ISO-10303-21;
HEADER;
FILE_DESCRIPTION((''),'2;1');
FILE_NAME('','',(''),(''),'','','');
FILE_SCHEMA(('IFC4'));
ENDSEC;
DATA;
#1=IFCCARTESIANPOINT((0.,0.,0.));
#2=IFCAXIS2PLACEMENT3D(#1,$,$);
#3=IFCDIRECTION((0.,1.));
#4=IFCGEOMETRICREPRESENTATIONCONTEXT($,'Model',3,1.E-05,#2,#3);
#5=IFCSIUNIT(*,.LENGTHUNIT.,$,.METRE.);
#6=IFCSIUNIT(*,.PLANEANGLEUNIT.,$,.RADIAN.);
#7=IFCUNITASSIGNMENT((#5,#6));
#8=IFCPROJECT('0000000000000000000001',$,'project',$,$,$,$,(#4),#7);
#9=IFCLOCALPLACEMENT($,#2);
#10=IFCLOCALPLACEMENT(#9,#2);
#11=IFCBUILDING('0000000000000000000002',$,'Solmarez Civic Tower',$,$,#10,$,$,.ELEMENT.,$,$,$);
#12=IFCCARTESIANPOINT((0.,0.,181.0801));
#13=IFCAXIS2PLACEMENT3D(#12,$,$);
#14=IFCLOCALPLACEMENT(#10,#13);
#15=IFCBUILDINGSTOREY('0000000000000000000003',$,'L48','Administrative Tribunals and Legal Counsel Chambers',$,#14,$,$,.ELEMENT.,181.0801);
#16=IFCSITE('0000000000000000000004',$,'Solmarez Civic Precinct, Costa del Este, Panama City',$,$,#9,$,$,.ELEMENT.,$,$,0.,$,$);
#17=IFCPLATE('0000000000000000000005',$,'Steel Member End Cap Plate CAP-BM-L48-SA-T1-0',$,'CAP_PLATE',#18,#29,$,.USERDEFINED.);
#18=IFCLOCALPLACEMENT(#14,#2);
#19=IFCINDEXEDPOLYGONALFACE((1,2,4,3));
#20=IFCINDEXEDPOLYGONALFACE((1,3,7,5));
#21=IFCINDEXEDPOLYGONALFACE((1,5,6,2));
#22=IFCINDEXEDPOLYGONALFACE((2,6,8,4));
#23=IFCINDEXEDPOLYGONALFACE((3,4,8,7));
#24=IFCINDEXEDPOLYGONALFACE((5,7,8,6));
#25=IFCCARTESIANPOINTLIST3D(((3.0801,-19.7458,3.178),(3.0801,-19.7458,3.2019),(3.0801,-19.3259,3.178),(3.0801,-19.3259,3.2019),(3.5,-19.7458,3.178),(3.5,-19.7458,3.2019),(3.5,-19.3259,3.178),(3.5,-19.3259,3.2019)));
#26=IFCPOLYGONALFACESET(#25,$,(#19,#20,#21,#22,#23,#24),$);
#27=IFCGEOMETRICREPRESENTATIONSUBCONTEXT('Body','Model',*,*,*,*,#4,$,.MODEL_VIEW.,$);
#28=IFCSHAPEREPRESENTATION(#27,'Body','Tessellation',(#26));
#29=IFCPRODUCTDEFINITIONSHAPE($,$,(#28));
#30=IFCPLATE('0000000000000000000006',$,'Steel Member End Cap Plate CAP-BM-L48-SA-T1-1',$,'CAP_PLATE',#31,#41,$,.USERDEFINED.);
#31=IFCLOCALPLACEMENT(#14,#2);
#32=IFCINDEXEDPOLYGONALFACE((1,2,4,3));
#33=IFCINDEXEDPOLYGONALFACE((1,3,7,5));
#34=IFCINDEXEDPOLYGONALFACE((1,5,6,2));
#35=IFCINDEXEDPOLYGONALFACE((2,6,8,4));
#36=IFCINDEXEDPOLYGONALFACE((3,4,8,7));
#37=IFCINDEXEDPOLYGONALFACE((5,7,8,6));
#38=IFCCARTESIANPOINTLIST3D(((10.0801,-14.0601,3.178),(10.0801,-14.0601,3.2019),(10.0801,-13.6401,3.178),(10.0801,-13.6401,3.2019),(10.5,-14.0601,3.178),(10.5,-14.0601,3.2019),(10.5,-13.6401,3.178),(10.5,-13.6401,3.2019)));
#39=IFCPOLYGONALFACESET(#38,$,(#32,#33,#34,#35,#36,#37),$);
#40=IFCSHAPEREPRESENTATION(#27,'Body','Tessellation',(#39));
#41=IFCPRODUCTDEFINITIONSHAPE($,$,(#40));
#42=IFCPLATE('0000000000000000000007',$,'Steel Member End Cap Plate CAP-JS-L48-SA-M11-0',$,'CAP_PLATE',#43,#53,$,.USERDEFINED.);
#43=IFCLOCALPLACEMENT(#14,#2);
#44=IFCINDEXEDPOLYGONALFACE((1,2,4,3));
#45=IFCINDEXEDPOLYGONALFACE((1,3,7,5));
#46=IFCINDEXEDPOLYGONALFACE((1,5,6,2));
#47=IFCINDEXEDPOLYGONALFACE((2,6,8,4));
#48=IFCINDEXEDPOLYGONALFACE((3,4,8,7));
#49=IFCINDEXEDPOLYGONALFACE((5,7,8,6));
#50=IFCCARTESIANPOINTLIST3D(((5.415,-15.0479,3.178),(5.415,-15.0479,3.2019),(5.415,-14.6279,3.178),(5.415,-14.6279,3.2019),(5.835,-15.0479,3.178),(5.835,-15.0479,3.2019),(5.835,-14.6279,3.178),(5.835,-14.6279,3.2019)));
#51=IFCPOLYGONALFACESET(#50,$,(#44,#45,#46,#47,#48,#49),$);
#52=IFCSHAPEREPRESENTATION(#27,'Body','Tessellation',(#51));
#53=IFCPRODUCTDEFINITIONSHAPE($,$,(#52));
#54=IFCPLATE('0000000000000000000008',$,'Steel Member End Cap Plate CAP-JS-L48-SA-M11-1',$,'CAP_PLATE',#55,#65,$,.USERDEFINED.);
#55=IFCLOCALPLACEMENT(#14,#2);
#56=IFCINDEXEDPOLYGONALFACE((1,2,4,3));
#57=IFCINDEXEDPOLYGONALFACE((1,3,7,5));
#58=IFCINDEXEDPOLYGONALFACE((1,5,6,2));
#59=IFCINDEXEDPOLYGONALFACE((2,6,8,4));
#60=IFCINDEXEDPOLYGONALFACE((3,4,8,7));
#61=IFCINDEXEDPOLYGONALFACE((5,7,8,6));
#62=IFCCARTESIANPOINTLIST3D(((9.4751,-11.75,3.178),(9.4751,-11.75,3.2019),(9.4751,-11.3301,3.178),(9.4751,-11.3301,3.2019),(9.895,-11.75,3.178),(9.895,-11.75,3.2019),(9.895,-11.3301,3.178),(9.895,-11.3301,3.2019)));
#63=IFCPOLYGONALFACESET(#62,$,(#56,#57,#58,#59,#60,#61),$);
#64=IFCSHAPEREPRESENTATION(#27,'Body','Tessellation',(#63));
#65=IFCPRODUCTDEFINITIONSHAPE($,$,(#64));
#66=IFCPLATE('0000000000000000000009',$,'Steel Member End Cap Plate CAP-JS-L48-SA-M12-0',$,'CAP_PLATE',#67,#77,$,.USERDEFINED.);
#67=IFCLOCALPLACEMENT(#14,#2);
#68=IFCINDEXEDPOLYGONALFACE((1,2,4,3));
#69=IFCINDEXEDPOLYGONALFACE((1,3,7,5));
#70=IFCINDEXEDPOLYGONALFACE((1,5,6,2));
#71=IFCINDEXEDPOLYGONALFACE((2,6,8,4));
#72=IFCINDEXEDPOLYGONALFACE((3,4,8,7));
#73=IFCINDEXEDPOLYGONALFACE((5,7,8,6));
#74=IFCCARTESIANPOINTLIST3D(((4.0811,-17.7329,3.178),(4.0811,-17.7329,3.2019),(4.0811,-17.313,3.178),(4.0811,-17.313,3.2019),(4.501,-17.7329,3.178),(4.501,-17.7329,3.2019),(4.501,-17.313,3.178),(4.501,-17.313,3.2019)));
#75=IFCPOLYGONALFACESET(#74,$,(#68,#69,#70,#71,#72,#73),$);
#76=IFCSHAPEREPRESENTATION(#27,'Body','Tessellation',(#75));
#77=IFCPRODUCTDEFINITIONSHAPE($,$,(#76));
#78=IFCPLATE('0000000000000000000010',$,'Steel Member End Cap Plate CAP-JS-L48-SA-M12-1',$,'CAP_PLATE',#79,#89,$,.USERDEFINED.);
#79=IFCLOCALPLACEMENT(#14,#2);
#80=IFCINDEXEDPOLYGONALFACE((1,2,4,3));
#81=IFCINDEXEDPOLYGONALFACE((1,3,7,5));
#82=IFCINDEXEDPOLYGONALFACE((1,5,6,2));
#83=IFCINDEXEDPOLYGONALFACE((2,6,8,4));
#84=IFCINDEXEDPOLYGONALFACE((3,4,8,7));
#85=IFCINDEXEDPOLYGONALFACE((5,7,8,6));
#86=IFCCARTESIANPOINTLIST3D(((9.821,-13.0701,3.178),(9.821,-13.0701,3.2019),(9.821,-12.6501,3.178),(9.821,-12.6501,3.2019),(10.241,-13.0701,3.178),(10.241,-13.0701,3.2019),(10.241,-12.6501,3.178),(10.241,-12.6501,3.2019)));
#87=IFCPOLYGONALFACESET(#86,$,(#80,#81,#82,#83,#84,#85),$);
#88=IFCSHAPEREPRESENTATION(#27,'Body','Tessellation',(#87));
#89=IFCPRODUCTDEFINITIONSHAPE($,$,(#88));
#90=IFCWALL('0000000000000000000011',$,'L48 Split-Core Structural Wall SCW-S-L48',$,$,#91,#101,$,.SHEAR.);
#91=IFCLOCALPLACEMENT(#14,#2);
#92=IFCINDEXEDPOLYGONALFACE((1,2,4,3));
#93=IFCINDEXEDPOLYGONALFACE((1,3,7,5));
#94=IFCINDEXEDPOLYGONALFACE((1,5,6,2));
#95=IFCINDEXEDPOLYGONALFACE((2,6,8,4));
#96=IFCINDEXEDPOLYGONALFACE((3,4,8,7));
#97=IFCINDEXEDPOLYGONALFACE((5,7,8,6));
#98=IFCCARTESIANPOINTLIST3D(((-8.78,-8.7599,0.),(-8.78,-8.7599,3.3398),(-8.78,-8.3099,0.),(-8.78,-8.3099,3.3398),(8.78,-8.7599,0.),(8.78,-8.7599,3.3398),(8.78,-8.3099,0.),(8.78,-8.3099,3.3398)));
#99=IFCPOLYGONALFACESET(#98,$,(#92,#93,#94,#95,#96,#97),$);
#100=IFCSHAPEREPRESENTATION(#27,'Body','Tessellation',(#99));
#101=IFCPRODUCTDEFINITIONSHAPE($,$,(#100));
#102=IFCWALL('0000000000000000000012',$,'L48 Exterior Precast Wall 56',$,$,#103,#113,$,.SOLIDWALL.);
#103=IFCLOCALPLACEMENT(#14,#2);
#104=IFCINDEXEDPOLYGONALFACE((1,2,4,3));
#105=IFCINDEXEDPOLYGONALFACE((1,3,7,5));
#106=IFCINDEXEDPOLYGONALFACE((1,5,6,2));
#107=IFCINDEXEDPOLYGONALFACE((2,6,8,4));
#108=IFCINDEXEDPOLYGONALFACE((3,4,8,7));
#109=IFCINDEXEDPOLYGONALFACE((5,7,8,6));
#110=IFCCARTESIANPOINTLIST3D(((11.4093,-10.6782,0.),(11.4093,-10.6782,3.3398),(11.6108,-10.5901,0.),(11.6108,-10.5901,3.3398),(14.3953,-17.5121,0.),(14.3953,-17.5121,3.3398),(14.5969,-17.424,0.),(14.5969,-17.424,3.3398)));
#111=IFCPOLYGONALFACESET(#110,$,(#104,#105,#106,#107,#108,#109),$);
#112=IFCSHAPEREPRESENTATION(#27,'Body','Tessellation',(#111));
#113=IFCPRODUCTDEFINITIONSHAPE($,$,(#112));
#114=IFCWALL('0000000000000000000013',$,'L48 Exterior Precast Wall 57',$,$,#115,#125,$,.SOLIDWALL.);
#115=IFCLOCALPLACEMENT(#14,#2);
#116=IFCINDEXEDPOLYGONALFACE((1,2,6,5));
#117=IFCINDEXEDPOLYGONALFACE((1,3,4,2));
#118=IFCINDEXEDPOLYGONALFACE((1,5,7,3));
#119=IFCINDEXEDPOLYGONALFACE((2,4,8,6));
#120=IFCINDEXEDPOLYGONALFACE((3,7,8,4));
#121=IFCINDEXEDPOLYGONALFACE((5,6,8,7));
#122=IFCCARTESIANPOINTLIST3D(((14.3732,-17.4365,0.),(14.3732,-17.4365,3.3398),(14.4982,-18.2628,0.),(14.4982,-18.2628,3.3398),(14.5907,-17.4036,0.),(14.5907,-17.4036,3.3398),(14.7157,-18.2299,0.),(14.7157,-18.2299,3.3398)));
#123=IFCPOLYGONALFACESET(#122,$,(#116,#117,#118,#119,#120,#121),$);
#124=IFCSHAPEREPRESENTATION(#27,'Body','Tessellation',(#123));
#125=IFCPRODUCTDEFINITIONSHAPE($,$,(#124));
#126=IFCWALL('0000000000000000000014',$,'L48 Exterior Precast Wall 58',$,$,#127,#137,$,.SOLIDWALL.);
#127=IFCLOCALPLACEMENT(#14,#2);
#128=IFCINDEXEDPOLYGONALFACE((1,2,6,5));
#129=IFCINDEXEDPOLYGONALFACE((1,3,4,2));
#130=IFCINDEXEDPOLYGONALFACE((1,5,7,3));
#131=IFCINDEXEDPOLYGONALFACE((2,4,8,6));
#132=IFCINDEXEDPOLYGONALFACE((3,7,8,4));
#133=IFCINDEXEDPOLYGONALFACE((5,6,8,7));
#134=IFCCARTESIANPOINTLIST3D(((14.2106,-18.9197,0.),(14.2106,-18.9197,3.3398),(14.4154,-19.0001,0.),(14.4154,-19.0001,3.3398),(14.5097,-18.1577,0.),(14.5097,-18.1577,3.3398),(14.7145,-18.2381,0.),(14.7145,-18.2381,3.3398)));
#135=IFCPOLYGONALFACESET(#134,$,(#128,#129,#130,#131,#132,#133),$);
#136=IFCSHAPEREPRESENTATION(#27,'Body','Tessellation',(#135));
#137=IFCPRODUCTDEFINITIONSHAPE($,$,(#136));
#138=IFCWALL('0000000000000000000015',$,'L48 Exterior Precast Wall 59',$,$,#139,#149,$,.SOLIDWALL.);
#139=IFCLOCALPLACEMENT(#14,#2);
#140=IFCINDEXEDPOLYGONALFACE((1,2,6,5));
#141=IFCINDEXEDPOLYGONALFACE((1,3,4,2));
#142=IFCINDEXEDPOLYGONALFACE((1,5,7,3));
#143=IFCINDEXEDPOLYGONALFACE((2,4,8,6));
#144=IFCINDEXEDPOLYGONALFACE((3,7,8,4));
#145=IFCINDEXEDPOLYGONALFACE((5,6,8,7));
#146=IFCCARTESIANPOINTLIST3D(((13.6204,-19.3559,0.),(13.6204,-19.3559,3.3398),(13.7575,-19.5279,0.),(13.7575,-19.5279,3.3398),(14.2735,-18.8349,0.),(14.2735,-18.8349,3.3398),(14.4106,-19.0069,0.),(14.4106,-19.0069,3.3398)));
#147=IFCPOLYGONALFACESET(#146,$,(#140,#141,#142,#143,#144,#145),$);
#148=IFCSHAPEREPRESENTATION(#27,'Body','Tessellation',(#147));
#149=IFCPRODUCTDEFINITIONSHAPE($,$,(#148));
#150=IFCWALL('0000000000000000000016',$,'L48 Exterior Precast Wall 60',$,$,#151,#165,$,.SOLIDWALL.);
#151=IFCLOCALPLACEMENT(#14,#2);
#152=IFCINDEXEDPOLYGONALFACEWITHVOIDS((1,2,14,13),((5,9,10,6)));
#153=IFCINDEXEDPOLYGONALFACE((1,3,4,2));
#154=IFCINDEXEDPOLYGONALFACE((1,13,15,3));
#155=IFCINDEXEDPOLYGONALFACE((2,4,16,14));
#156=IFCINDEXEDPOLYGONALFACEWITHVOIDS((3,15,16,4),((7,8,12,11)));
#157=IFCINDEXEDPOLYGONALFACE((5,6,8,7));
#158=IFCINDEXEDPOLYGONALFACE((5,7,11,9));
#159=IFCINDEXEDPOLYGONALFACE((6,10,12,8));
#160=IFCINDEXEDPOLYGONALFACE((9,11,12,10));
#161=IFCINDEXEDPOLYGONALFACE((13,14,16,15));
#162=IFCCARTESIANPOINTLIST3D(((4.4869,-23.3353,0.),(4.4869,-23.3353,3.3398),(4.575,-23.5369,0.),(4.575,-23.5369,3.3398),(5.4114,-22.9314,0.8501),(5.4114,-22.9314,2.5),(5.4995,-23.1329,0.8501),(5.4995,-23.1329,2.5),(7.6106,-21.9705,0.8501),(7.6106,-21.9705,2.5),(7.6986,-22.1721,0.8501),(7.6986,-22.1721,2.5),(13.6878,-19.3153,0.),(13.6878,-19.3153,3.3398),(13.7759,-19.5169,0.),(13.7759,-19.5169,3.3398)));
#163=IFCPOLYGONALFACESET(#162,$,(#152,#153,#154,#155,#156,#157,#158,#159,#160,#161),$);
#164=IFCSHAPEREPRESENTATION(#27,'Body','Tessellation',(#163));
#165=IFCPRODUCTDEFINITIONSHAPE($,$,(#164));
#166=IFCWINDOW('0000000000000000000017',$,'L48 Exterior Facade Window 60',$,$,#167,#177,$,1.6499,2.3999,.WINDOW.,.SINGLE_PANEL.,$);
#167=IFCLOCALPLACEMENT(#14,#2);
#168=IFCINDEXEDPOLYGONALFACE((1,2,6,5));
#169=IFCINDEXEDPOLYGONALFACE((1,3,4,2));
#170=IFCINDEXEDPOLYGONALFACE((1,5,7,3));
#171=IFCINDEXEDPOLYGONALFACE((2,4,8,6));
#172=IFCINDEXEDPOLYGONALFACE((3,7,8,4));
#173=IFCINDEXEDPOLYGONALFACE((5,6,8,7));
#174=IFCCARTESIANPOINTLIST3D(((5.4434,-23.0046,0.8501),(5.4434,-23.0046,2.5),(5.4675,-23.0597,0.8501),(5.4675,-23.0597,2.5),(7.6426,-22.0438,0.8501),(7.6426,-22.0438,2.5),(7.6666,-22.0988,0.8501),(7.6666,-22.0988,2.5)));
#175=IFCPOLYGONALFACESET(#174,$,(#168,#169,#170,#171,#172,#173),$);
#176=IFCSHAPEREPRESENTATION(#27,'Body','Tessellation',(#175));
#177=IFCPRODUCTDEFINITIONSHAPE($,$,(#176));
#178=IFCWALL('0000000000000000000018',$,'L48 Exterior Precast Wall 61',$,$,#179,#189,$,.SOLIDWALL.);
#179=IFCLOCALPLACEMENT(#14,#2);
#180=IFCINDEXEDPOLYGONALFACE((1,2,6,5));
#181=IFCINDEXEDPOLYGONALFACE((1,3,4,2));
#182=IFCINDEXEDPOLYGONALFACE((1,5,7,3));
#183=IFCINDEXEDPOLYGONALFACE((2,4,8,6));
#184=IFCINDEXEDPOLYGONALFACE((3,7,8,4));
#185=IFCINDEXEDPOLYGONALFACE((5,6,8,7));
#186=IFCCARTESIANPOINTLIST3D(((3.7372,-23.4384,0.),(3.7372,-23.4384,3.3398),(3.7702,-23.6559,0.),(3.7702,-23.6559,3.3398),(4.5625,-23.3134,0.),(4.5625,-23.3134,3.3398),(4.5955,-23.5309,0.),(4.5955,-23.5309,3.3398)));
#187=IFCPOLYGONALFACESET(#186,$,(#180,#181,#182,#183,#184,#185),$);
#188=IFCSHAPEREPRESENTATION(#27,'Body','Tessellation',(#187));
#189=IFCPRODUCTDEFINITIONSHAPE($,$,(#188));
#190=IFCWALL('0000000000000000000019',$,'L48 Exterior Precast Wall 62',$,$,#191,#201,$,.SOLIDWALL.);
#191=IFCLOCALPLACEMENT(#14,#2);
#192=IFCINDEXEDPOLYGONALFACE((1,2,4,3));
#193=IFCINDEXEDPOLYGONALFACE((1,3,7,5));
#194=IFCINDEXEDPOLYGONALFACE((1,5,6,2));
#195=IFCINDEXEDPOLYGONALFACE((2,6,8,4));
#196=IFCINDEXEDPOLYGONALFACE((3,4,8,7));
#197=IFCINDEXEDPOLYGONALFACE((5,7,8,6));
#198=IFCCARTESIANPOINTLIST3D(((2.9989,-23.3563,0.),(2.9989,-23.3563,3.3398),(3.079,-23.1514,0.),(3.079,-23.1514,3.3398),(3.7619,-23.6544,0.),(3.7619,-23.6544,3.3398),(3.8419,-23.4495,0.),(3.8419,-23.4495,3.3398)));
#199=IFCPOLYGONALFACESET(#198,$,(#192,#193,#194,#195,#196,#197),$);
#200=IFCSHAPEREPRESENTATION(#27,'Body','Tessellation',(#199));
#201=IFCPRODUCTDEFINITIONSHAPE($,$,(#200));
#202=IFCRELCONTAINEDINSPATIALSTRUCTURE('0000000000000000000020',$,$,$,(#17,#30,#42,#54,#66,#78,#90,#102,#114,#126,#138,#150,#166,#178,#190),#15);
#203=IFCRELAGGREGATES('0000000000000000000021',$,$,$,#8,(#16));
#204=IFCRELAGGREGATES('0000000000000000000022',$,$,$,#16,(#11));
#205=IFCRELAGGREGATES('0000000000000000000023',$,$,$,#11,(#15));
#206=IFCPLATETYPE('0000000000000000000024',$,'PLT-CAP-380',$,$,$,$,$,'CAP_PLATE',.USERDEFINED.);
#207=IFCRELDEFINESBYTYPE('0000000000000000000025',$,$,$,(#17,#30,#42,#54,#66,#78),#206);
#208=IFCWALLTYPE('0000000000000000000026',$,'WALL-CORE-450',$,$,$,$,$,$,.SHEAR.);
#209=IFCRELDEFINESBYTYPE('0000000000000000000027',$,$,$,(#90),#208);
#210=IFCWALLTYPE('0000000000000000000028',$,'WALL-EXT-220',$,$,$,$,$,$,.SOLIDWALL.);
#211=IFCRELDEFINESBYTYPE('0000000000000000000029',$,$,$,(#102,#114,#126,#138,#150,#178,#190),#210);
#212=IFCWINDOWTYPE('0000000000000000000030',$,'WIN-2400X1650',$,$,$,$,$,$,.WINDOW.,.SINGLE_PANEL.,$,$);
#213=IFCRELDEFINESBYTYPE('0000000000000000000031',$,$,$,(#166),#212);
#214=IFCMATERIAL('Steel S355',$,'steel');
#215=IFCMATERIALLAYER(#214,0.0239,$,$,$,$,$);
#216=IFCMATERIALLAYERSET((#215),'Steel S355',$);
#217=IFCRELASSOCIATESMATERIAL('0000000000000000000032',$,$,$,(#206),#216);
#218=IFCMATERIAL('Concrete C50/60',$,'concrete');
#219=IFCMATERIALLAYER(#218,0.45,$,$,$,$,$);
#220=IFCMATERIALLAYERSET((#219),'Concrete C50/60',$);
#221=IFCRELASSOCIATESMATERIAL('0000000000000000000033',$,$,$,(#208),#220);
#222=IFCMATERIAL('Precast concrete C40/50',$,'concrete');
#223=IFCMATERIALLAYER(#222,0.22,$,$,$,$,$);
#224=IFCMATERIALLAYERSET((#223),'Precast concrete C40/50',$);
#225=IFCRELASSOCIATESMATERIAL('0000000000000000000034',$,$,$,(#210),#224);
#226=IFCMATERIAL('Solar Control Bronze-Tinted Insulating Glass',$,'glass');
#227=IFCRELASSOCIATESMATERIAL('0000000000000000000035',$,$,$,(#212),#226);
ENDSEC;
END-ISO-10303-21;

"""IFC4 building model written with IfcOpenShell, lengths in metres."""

from ifc_helpers import new_model, si_unit, direction, frame, frame_2d, origin, origin_2d, place, context, subcontext, project, spatial, rectangle, extrude, material, layer, layer_set, type_object, element, fill, save


model = new_model("IFC4")

# Units and contexts
model_context = context("Model", 3, precision=1e-05, world=origin(), true_north=direction((0.0, 1.0)))
body_context = subcontext(model_context, "Body", "Model", "MODEL_VIEW")
ifc_project = project(units=[si_unit("LENGTHUNIT", "METRE"), si_unit("PLANEANGLEUNIT", "RADIAN")], contexts=[model_context])

# Site, building, storey
site_placement = place(None, origin())
site = spatial("IfcSite", under=ifc_project, at=site_placement, Name="Solmarez Civic Precinct, Costa del Este, Panama City", CompositionType="ELEMENT", RefElevation=0.0)
building_placement = place(site_placement, origin())
building = spatial("IfcBuilding", under=site, at=building_placement, Name="Solmarez Civic Tower", CompositionType="ELEMENT")
storey_placement = place(building_placement, frame((0.0, 0.0, 181.0801)))
storey = spatial("IfcBuildingStorey", under=building, at=storey_placement, Name="L48", Description="Administrative Tribunals and Legal Counsel Chambers", CompositionType="ELEMENT", Elevation=181.0801)

# Shared definitions
ifc_material_1 = material(Name="Concrete C50/60", Category="concrete")
ifc_material_2 = material(Name="Steel S355", Category="steel")

# Plates
ifc_layer_1 = layer(ifc_material_2, 0.0239)
ifc_layer_set_1 = layer_set([ifc_layer_1], Name="Steel S355")
plate_type = type_object("IfcPlateType", Name="PLT-CAP-380", ElementType="CAP_PLATE", PredefinedType="USERDEFINED", material=ifc_layer_set_1)
for number, where, z_axis, x_axis, name in (
    (1, (3.29, -19.5359, 3.178), (0.0, 0.0, 1.0), (1.0, 0.0, 0.0), "Steel Member End Cap Plate CAP-BM-L48-SA-T1-0"),
    (2, (10.29, -13.8501, 3.178), (0.0, 0.0, 1.0), (1.0, 0.0, 0.0), "Steel Member End Cap Plate CAP-BM-L48-SA-T1-1"),
    (3, (5.625, -14.8379, 3.178), (0.0, 0.0, 1.0), (1.0, 0.0, 0.0), "Steel Member End Cap Plate CAP-JS-L48-SA-M11-0"),
    (4, (9.6851, -11.54, 3.178), (0.0, 0.0, 1.0), (1.0, 0.0, 0.0), "Steel Member End Cap Plate CAP-JS-L48-SA-M11-1"),
    (5, (4.291, -17.5229, 3.178), (0.0, 0.0, 1.0), (1.0, 0.0, 0.0), "Steel Member End Cap Plate CAP-JS-L48-SA-M12-0"),
    (6, (10.031, -12.8601, 3.178), (0.0, 0.0, 1.0), (1.0, 0.0, 0.0), "Steel Member End Cap Plate CAP-JS-L48-SA-M12-1"),
):
    element("IfcPlate", number, at=place(storey_placement, frame(where, z_axis=z_axis, x_axis=x_axis)), inside=storey, type_object=plate_type, Name=name, ObjectType="CAP_PLATE", PredefinedType="USERDEFINED", context=body_context, shape_type="SweptSolid", body=[
        extrude(rectangle(XDim=0.4199, YDim=0.4199, at=origin_2d()), origin(), (0.0, 0.0, 1.0), 0.0239),
    ])

# Walls
ifc_layer_2 = layer(ifc_material_1, 0.45)
ifc_layer_set_2 = layer_set([ifc_layer_2], Name="Concrete C50/60")
wall_type_1 = type_object("IfcWallType", Name="WALL-CORE-450", PredefinedType="SHEAR", material=ifc_layer_set_2)
wall_1_placement = place(storey_placement, frame((8.78, -8.5349, 0.0), z_axis=(0.0, 0.0, 1.0), x_axis=(-1.0, 0.0, 0.0)))
element("IfcWall", 7, at=wall_1_placement, inside=storey, type_object=wall_type_1, Name="L48 Split-Core Structural Wall SCW-S-L48", PredefinedType="SHEAR", context=body_context, shape_type="SweptSolid", body=[
    extrude(rectangle(XDim=17.5601, YDim=0.45, at=frame_2d((8.78, 0.0))), origin(), (0.0, 0.0, 1.0), 3.3398),
])
ifc_material_3 = material(Name="Precast concrete C40/50", Category="concrete")
ifc_layer_3 = layer(ifc_material_3, 0.22)
ifc_layer_set_3 = layer_set([ifc_layer_3], Name="Precast concrete C40/50")
wall_type_2 = type_object("IfcWallType", Name="WALL-EXT-220", PredefinedType="SOLIDWALL", material=ifc_layer_set_3)
wall_2_placement = place(storey_placement, frame((11.51, -10.634, 0.0), z_axis=(0.0, 0.0, 1.0), x_axis=(0.400393, -0.916344, 0.0)))
element("IfcWall", 8, at=wall_2_placement, inside=storey, type_object=wall_type_2, Name="L48 Exterior Precast Wall 56", PredefinedType="SOLIDWALL", context=body_context, shape_type="SweptSolid", body=[
    extrude(rectangle(XDim=7.4578, YDim=0.22, at=frame_2d((3.729, 0.0))), origin(), (0.0, 0.0, 1.0), 3.3398),
])
wall_3_placement = place(storey_placement, frame((14.4819, -17.4199, 0.0), z_axis=(0.0, 0.0, 1.0), x_axis=(0.149598, -0.988747, 0.0)))
element("IfcWall", 9, at=wall_3_placement, inside=storey, type_object=wall_type_2, Name="L48 Exterior Precast Wall 57", PredefinedType="SOLIDWALL", context=body_context, shape_type="SweptSolid", body=[
    extrude(rectangle(XDim=0.8357, YDim=0.22, at=frame_2d((0.418, 0.0))), origin(), (0.0, 0.0, 1.0), 3.3398),
])
wall_4_placement = place(storey_placement, frame((14.6121, -18.198, 0.0), z_axis=(0.0, 0.0, 1.0), x_axis=(-0.365366, -0.930864, 0.0)))
element("IfcWall", 10, at=wall_4_placement, inside=storey, type_object=wall_type_2, Name="L48 Exterior Precast Wall 58", PredefinedType="SOLIDWALL", context=body_context, shape_type="SweptSolid", body=[
    extrude(rectangle(XDim=0.8186, YDim=0.22, at=frame_2d((0.4092, 0.0))), origin(), (0.0, 0.0, 1.0), 3.3398),
])
wall_5_placement = place(storey_placement, frame((14.342, -18.9209, 0.0), z_axis=(0.0, 0.0, 1.0), x_axis=(-0.781723, -0.623625, 0.0)))
element("IfcWall", 11, at=wall_5_placement, inside=storey, type_object=wall_type_2, Name="L48 Exterior Precast Wall 59", PredefinedType="SOLIDWALL", context=body_context, shape_type="SweptSolid", body=[
    extrude(rectangle(XDim=0.8354, YDim=0.22, at=frame_2d((0.4177, 0.0))), origin(), (0.0, 0.0, 1.0), 3.3398),
])

# Wall, opening, window
wall_6_placement = place(storey_placement, frame((13.7319, -19.416, 0.0), z_axis=(0.0, 0.0, 1.0), x_axis=(-0.916354, -0.400369, 0.0)))
wall_6 = element("IfcWall", 12, at=wall_6_placement, inside=storey, type_object=wall_type_2, Name="L48 Exterior Precast Wall 60", PredefinedType="SOLIDWALL", context=body_context, shape_type="SweptSolid", body=[
    extrude(rectangle(XDim=10.0408, YDim=0.22, at=frame_2d((5.0205, 0.0))), origin(), (0.0, 0.0, 1.0), 3.3398),
])
opening_1_placement = place(wall_6_placement, frame((6.6321, 0.0, 0.8501)))
opening_1 = element("IfcOpeningElement", 13, at=opening_1_placement, cuts=wall_6, PredefinedType="OPENING", context=body_context, shape_type="SweptSolid", body=[
    extrude(rectangle(XDim=2.3999, YDim=1.6499, at=frame_2d((1.2, 0.825))), frame((0.0, 0.1199, 0.0), z_axis=(0.0, -1.0, 0.0), x_axis=(1.0, 0.0, 0.0)), (0.0, 0.0, 1.0), 0.24),
])
ifc_material_4 = material(Name="Solar Control Bronze-Tinted Insulating Glass", Category="glass")
window_type = type_object("IfcWindowType", Name="WIN-2400X1650", PartitioningType="SINGLE_PANEL", PredefinedType="WINDOW", material=ifc_material_4)
window_placement = place(opening_1_placement, origin())
window = element("IfcWindow", 14, at=window_placement, inside=storey, type_object=window_type, Name="L48 Exterior Facade Window 60", OverallHeight=1.6499, OverallWidth=2.3999, PartitioningType="SINGLE_PANEL", PredefinedType="WINDOW", context=body_context, shape_type="SweptSolid", body=[
    extrude(rectangle(XDim=2.3999, YDim=1.6499, at=frame_2d((1.2, 0.825))), frame((0.0, 0.03, 0.0), z_axis=(0.0, -1.0, 0.0), x_axis=(1.0, 0.0, 0.0)), (0.0, 0.0, 1.0), 0.0601),
])
fill(opening_1, window)

# Walls
wall_7_placement = place(storey_placement, frame((4.5791, -23.4221, 0.0), z_axis=(0.0, 0.0, 1.0), x_axis=(-0.988721, -0.149771, 0.0)))
element("IfcWall", 15, at=wall_7_placement, inside=storey, type_object=wall_type_2, Name="L48 Exterior Precast Wall 61", PredefinedType="SOLIDWALL", context=body_context, shape_type="SweptSolid", body=[
    extrude(rectangle(XDim=0.8347, YDim=0.22, at=frame_2d((0.4175, 0.0))), origin(), (0.0, 0.0, 1.0), 3.3398),
])
wall_8_placement = place(storey_placement, frame((3.802, -23.552, 0.0), z_axis=(0.0, 0.0, 1.0), x_axis=(-0.931427, 0.363927, 0.0)))
element("IfcWall", 16, at=wall_8_placement, inside=storey, type_object=wall_type_2, Name="L48 Exterior Precast Wall 62", PredefinedType="SOLIDWALL", context=body_context, shape_type="SweptSolid", body=[
    extrude(rectangle(XDim=0.8191, YDim=0.22, at=frame_2d((0.4097, 0.0))), origin(), (0.0, 0.0, 1.0), 3.3398),
])

save(model, "model.ifc")
